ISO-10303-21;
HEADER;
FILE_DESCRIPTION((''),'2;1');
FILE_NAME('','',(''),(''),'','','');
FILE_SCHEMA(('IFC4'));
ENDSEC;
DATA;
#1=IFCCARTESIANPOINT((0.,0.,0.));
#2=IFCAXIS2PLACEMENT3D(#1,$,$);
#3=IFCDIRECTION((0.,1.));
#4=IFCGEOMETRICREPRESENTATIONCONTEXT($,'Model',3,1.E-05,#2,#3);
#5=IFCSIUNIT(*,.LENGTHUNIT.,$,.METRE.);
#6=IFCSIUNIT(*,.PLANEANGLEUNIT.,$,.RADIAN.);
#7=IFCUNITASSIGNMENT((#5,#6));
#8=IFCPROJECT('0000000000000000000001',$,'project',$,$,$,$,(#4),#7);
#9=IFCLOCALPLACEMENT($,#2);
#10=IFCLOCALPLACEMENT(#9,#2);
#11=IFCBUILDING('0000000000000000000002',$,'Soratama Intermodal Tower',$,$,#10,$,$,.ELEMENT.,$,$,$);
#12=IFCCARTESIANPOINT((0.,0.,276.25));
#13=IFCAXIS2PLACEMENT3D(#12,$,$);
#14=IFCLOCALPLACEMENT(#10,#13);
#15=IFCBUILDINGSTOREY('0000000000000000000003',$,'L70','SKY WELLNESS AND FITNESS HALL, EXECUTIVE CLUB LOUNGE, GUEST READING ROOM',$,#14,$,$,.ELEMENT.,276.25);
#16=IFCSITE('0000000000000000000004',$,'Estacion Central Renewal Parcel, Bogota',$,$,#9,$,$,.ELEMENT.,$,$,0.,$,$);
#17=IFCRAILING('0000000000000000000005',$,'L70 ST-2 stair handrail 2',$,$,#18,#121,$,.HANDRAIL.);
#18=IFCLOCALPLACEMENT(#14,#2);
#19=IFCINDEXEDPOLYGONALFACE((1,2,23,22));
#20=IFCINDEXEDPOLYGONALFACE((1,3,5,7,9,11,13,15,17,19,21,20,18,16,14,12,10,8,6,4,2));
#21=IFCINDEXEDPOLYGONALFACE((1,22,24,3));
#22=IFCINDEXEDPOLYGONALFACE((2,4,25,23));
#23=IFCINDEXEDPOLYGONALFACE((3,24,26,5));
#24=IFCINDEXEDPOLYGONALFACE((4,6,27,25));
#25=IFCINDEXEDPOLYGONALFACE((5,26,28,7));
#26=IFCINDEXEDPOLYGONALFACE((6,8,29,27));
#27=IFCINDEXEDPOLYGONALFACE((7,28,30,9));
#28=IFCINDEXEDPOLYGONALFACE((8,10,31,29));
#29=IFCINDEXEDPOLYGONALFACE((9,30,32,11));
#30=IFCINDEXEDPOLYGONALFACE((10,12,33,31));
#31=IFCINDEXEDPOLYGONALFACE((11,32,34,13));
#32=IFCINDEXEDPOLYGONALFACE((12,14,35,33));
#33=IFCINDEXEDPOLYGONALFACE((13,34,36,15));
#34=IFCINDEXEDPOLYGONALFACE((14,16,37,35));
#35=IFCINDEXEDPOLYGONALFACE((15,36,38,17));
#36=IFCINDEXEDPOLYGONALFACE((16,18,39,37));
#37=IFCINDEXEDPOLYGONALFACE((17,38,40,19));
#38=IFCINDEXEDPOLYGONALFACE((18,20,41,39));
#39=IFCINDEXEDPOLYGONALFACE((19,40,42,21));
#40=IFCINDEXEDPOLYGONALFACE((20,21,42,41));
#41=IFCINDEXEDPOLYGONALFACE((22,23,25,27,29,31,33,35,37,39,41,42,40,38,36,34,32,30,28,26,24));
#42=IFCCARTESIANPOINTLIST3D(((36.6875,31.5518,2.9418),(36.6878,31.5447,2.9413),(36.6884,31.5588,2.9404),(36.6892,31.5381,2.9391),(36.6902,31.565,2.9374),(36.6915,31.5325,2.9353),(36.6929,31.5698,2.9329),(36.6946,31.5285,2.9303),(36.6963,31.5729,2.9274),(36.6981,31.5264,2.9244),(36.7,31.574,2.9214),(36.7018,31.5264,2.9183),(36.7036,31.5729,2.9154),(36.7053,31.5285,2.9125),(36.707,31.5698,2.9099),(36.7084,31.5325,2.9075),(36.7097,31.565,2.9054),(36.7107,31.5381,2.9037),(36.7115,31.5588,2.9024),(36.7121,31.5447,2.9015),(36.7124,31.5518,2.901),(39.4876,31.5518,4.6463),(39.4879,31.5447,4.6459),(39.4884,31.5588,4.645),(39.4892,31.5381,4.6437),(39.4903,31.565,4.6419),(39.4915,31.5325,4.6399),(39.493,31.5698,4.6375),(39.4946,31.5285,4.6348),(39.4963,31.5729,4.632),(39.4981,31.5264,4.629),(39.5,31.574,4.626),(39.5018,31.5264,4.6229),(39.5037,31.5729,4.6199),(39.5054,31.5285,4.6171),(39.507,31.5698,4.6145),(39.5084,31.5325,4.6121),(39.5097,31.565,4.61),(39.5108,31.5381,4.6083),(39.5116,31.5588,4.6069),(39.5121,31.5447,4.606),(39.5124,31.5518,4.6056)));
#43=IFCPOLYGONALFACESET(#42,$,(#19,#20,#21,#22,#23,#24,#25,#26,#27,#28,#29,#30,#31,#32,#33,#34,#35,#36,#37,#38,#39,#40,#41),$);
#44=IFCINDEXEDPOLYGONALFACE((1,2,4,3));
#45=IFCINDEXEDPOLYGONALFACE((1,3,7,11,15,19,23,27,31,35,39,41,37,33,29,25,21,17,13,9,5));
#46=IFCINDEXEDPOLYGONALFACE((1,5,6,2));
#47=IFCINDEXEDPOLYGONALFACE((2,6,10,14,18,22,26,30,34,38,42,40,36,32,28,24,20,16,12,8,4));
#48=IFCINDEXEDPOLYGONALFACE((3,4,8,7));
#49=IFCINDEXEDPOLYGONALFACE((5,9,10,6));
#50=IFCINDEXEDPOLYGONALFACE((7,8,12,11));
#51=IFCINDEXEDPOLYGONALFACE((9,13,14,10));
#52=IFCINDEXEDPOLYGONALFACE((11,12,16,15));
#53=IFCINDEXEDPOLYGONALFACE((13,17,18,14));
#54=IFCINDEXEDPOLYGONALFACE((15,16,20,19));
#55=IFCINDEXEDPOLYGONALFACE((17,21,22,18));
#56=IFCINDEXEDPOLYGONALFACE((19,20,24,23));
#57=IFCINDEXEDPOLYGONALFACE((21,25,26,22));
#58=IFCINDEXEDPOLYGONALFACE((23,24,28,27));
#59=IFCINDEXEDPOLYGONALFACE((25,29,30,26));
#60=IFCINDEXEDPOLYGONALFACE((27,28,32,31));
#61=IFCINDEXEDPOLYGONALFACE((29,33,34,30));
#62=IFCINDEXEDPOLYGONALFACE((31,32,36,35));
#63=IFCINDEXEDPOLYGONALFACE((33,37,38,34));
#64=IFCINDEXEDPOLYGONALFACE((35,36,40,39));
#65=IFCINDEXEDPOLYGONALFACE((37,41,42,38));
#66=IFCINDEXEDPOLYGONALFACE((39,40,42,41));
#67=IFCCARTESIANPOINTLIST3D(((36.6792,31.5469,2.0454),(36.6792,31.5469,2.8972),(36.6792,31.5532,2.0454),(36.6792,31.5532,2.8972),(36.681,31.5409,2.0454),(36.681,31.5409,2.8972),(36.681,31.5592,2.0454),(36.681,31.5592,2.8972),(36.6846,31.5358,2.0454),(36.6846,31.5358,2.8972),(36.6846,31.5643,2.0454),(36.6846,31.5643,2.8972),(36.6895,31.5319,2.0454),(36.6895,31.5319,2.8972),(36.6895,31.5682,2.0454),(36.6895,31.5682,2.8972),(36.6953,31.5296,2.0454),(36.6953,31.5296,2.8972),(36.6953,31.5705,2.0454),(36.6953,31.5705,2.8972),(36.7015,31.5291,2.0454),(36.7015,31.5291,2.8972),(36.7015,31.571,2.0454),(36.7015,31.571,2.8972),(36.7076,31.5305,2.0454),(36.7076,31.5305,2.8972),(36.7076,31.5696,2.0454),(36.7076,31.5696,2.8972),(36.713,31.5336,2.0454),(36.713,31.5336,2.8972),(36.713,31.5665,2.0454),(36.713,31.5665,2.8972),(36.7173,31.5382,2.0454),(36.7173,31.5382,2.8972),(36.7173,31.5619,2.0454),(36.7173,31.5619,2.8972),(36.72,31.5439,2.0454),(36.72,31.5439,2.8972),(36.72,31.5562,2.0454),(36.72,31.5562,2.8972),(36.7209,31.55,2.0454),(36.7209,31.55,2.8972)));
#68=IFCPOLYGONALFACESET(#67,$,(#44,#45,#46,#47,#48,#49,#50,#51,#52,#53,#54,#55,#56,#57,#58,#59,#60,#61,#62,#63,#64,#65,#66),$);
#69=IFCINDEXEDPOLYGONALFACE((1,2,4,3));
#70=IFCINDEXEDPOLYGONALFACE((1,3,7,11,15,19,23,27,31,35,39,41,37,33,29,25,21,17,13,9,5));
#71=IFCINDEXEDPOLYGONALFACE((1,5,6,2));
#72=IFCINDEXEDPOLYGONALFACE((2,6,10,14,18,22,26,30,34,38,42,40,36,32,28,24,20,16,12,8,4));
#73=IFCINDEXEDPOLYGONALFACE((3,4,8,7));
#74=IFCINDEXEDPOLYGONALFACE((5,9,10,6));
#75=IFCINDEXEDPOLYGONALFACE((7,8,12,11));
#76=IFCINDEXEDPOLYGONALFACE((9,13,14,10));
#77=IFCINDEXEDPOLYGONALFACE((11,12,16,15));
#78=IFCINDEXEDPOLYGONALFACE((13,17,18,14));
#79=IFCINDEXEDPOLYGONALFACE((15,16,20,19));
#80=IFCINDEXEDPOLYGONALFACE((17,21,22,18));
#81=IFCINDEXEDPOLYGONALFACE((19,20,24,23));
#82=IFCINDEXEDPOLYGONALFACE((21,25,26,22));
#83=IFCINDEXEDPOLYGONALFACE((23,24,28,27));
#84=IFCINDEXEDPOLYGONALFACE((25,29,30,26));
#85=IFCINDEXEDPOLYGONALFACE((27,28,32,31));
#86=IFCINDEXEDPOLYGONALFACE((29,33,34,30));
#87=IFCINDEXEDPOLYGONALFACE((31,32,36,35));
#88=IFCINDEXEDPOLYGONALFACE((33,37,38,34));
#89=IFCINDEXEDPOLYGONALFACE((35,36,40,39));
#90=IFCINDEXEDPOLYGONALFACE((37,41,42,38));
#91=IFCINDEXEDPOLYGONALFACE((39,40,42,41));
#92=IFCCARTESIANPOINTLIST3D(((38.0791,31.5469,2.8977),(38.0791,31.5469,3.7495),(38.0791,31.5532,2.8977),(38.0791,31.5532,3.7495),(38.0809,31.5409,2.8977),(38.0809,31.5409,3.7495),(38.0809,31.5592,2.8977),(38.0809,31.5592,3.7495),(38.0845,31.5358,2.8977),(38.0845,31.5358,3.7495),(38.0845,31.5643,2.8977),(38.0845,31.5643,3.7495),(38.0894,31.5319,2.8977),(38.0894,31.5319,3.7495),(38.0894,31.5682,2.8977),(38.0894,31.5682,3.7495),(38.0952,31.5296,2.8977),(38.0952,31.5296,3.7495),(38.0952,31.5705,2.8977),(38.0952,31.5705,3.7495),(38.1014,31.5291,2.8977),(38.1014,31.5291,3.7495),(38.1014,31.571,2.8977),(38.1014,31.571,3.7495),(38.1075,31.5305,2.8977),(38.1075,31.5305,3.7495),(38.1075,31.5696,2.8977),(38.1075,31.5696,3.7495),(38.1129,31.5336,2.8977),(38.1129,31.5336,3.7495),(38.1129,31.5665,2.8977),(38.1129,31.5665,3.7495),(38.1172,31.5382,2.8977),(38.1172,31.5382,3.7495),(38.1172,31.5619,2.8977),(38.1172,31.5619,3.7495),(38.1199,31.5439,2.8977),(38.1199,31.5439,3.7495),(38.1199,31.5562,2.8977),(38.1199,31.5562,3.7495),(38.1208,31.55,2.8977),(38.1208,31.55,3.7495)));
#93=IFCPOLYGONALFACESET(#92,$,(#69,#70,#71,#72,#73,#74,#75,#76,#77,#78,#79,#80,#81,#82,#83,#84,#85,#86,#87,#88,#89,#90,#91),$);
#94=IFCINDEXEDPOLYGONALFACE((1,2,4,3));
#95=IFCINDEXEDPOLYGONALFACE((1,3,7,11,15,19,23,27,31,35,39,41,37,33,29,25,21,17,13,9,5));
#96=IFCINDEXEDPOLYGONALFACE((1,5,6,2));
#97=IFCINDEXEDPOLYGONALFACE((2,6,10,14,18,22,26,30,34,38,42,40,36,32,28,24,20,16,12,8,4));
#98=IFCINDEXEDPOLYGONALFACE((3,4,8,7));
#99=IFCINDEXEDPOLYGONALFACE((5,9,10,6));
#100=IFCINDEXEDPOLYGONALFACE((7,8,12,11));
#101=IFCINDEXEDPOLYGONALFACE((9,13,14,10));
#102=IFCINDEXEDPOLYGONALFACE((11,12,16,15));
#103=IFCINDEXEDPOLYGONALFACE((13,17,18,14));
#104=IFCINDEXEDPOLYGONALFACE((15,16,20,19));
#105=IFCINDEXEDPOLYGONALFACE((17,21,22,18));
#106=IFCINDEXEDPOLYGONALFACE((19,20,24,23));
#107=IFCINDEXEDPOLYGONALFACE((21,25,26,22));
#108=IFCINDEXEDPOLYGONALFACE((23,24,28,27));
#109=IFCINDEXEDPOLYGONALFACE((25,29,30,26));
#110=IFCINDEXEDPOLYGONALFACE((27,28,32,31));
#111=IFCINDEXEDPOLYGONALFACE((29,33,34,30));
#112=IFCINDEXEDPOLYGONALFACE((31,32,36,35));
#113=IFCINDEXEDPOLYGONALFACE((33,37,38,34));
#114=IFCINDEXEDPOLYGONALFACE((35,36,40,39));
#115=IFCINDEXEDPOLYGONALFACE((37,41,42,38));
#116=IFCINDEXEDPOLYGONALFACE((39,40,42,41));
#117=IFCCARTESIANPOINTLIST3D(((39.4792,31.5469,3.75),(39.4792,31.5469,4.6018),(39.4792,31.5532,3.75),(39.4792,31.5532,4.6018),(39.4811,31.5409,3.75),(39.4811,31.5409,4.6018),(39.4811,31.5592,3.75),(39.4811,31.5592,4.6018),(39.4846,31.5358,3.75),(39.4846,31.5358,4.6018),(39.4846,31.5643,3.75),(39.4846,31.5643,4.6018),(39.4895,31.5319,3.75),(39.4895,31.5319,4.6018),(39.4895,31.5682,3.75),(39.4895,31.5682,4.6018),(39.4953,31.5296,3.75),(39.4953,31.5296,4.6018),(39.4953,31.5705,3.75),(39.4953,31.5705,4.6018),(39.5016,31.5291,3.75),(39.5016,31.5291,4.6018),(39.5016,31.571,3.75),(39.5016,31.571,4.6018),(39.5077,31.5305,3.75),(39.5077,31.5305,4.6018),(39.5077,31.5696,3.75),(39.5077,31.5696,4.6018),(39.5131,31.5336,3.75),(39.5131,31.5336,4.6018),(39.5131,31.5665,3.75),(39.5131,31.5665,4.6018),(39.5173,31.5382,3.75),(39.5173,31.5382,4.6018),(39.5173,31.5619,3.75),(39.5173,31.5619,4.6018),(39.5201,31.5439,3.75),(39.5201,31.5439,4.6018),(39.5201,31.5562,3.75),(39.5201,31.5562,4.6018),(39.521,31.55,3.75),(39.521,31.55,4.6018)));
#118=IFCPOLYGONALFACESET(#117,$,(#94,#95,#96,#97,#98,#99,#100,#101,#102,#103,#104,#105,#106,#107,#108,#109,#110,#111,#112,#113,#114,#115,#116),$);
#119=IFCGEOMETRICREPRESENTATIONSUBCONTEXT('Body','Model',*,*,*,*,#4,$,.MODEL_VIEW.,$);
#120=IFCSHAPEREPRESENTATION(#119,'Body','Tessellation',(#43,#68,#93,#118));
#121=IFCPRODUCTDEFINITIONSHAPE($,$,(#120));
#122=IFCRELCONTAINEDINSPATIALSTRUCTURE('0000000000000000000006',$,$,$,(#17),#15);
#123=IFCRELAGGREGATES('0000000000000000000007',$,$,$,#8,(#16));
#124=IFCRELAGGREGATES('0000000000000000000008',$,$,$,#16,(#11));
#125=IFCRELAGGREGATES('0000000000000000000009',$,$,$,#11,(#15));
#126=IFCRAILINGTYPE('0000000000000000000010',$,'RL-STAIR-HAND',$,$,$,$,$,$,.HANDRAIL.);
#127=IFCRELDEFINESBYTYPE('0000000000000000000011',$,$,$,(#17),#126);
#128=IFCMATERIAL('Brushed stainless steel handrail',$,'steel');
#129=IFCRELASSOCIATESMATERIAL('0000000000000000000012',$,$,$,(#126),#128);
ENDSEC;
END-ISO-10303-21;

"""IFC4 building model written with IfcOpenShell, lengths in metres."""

from ifc_helpers import new_model, si_unit, direction, frame, origin, origin_2d, place, context, subcontext, project, spatial, circle, extrude, material, type_object, element, save


model = new_model("IFC4")

# Units and contexts
model_context = context("Model", 3, precision=1e-05, world=origin(), true_north=direction((0.0, 1.0)))
body_context = subcontext(model_context, "Body", "Model", "MODEL_VIEW")
ifc_project = project(units=[si_unit("LENGTHUNIT", "METRE"), si_unit("PLANEANGLEUNIT", "RADIAN")], contexts=[model_context])

# Site, building, storey
site_placement = place(None, origin())
site = spatial("IfcSite", under=ifc_project, at=site_placement, Name="Estacion Central Renewal Parcel, Bogota", CompositionType="ELEMENT", RefElevation=0.0)
building_placement = place(site_placement, origin())
building = spatial("IfcBuilding", under=site, at=building_placement, Name="Soratama Intermodal Tower", CompositionType="ELEMENT")
storey_placement = place(building_placement, frame((0.0, 0.0, 276.25)))
storey = spatial("IfcBuildingStorey", under=building, at=storey_placement, Name="L70", Description="SKY WELLNESS AND FITNESS HALL, EXECUTIVE CLUB LOUNGE, GUEST READING ROOM", CompositionType="ELEMENT", Elevation=276.25)

# Railing
ifc_material_1 = material(Name="Brushed stainless steel handrail", Category="steel")
railing_type_1 = type_object("IfcRailingType", Name="RL-STAIR-HAND", PredefinedType="HANDRAIL", material=ifc_material_1)
railing_1_placement = place(storey_placement, frame((36.7, 31.55, 2.0454)))
element("IfcRailing", 1, at=railing_1_placement, inside=storey, type_object=railing_type_1, Name="L70 ST-2 stair handrail 2", PredefinedType="HANDRAIL", context=body_context, shape_type="SweptSolid", body=[
    extrude(circle(Radius=0.0239, at=origin_2d()), frame((0.0, 0.0, 0.876), z_axis=(0.85417, 0.0, 0.519994), x_axis=(0.0, 1.0, 0.0)), (0.0, 0.0, 1.0), 3.2781),
    extrude(circle(Radius=0.021, at=origin_2d()), origin(), (0.0, 0.0, 1.0), 0.8518),
    extrude(circle(Radius=0.021, at=origin_2d()), frame((1.3999, 0.0, 0.8523)), (0.0, 0.0, 1.0), 0.8518),
    extrude(circle(Radius=0.021, at=origin_2d()), frame((2.8, 0.0, 1.7046)), (0.0, 0.0, 1.0), 0.8518),
])

save(model, "model.ifc")
